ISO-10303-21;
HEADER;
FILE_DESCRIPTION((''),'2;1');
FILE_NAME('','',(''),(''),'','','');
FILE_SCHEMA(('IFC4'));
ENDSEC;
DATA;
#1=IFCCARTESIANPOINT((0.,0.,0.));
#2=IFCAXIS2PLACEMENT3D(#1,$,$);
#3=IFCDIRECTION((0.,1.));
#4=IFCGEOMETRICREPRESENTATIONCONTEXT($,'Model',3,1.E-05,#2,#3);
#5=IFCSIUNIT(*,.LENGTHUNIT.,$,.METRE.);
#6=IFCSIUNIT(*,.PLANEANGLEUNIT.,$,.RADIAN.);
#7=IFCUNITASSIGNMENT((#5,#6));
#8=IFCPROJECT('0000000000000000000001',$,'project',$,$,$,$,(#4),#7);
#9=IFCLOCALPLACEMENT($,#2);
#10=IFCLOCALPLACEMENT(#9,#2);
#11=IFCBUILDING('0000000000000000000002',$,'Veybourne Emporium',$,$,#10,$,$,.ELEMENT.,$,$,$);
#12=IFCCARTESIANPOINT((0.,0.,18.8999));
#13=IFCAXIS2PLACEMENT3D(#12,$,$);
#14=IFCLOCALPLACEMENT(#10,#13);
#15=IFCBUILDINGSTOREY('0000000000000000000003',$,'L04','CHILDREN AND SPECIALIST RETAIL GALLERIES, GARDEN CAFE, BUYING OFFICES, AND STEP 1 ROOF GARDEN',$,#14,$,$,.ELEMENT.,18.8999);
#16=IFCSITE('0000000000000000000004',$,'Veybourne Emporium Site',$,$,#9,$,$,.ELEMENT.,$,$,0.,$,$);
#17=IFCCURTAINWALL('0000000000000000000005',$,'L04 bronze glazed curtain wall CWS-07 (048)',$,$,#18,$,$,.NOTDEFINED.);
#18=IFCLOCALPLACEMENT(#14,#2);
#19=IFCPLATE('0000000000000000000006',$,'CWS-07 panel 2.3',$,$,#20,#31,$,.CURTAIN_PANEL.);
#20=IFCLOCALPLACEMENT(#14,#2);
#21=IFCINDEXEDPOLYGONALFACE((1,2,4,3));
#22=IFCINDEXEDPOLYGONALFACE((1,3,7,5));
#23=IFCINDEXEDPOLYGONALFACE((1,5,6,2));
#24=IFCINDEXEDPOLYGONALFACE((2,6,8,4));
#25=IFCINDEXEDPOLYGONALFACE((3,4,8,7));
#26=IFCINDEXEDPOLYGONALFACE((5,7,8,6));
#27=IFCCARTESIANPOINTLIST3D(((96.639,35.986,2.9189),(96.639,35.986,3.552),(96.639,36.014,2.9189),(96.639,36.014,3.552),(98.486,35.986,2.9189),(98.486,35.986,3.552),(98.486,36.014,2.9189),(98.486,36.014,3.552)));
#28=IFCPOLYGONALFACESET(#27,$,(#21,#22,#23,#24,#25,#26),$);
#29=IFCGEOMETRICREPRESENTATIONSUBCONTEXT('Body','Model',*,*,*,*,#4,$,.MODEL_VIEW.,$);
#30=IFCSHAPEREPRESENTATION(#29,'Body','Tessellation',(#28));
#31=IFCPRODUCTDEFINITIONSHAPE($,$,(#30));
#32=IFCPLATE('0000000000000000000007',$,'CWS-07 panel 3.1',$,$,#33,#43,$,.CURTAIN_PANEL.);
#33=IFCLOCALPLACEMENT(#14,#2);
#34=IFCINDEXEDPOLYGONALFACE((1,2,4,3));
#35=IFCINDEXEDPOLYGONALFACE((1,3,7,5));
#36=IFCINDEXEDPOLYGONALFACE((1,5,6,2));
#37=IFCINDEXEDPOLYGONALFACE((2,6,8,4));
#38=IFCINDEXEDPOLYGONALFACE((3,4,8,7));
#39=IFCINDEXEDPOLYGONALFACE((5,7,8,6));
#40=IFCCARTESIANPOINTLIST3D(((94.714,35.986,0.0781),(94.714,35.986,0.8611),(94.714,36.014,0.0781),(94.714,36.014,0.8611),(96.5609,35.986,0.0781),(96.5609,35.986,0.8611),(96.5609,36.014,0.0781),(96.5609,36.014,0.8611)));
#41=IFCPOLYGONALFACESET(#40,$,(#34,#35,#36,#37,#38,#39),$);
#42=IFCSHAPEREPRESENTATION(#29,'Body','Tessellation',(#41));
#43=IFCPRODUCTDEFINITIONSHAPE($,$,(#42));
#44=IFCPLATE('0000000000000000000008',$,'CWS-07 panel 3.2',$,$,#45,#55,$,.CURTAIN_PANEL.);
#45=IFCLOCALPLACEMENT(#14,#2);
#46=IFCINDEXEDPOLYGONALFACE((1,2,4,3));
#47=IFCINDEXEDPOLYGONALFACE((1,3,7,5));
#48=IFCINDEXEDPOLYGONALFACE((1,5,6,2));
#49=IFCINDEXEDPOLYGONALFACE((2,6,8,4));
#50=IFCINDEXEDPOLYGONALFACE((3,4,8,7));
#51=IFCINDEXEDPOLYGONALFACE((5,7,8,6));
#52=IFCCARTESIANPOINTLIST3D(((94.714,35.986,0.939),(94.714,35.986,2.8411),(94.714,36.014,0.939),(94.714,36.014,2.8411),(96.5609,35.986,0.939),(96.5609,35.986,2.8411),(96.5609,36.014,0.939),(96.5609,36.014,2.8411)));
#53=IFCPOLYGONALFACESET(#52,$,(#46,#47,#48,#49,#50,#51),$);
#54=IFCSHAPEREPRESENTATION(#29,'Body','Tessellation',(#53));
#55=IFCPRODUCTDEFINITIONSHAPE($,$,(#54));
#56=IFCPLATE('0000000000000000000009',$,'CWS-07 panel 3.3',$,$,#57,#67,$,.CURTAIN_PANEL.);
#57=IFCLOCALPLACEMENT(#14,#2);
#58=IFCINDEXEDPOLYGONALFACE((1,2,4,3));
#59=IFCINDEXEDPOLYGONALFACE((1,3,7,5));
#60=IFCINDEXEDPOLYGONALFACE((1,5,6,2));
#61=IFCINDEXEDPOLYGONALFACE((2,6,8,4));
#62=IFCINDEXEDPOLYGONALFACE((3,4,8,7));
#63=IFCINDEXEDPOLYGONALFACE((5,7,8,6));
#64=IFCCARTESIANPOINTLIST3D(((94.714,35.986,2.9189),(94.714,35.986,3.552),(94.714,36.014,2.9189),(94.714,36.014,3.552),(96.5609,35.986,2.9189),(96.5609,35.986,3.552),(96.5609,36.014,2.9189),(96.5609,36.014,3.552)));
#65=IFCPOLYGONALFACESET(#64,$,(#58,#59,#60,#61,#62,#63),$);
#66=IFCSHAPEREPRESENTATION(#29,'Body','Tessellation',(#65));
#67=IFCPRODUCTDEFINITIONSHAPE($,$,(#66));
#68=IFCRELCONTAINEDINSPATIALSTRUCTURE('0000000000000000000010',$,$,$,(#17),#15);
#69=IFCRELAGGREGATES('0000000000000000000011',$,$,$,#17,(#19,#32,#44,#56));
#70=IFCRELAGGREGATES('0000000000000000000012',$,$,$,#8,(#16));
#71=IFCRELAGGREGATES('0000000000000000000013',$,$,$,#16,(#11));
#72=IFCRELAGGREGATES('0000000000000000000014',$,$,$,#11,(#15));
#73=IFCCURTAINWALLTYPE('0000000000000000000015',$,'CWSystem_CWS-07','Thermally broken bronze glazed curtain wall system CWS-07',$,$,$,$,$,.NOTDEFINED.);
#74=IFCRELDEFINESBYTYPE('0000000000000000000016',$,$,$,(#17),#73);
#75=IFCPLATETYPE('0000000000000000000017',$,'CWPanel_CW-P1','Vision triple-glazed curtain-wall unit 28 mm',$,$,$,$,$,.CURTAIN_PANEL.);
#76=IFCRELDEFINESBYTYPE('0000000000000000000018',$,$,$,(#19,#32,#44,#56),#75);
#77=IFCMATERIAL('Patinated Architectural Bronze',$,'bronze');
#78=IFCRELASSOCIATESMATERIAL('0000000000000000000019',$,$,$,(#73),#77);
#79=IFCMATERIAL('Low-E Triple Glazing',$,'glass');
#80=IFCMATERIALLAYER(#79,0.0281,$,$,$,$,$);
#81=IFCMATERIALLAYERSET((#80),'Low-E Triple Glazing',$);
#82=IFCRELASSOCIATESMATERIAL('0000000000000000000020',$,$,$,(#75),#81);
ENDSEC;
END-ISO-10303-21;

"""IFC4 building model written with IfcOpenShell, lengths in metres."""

from ifc_helpers import new_model, si_unit, direction, frame, origin, origin_2d, place, context, subcontext, project, spatial, rectangle, extrude, material, layer, layer_set, type_object, element, aggregate, save


model = new_model("IFC4")

# Units and contexts
model_context = context("Model", 3, precision=1e-05, world=origin(), true_north=direction((0.0, 1.0)))
body_context = subcontext(model_context, "Body", "Model", "MODEL_VIEW")
ifc_project = project(units=[si_unit("LENGTHUNIT", "METRE"), si_unit("PLANEANGLEUNIT", "RADIAN")], contexts=[model_context])

# Site, building, storey
site_placement = place(None, origin())
site = spatial("IfcSite", under=ifc_project, at=site_placement, Name="Veybourne Emporium Site", CompositionType="ELEMENT", RefElevation=0.0)
building_placement = place(site_placement, origin())
building = spatial("IfcBuilding", under=site, at=building_placement, Name="Veybourne Emporium", CompositionType="ELEMENT")
storey_placement = place(building_placement, frame((0.0, 0.0, 18.8999)))
storey = spatial("IfcBuildingStorey", under=building, at=storey_placement, Name="L04", Description="CHILDREN AND SPECIALIST RETAIL GALLERIES, GARDEN CAFE, BUYING OFFICES, AND STEP 1 ROOF GARDEN", CompositionType="ELEMENT", Elevation=18.8999)

# Curtain wall, plates
ifc_material_1 = material(Name="Patinated Architectural Bronze", Category="bronze")
curtain_wall_type = type_object("IfcCurtainWallType", Name="CWSystem_CWS-07", Description="Thermally broken bronze glazed curtain wall system CWS-07", PredefinedType="NOTDEFINED", material=ifc_material_1)
curtain_wall_placement = place(storey_placement, origin())
curtain_wall = element("IfcCurtainWall", 1, at=curtain_wall_placement, inside=storey, type_object=curtain_wall_type, Name="L04 bronze glazed curtain wall CWS-07 (048)", PredefinedType="NOTDEFINED")
ifc_material_2 = material(Name="Low-E Triple Glazing", Category="glass")
ifc_layer = layer(ifc_material_2, 0.0281)
ifc_layer_set = layer_set([ifc_layer], Name="Low-E Triple Glazing")
plate_type = type_object("IfcPlateType", Name="CWPanel_CW-P1", Description="Vision triple-glazed curtain-wall unit 28 mm", PredefinedType="CURTAIN_PANEL", material=ifc_layer_set)
plate_1_placement = place(storey_placement, frame((97.5625, 36.0, 2.9189), z_axis=(0.0, 0.0, 1.0), x_axis=(-1.0, 0.0, 0.0)))
plate_1 = element("IfcPlate", 2, at=plate_1_placement, type_object=plate_type, Name="CWS-07 panel 2.3", PredefinedType="CURTAIN_PANEL", context=body_context, shape_type="SweptSolid", body=[
    extrude(rectangle(XDim=1.8469, YDim=0.0281, at=origin_2d()), origin(), (0.0, 0.0, 1.0), 0.6331),
])
plate_2_placement = place(storey_placement, frame((95.6375, 36.0, 0.0781), z_axis=(0.0, 0.0, 1.0), x_axis=(-1.0, 0.0, 0.0)))
plate_2 = element("IfcPlate", 3, at=plate_2_placement, type_object=plate_type, Name="CWS-07 panel 3.1", PredefinedType="CURTAIN_PANEL", context=body_context, shape_type="SweptSolid", body=[
    extrude(rectangle(XDim=1.8469, YDim=0.0281, at=origin_2d()), origin(), (0.0, 0.0, 1.0), 0.783),
])
plate_3_placement = place(storey_placement, frame((95.6375, 36.0, 0.939), z_axis=(0.0, 0.0, 1.0), x_axis=(-1.0, 0.0, 0.0)))
plate_3 = element("IfcPlate", 4, at=plate_3_placement, type_object=plate_type, Name="CWS-07 panel 3.2", PredefinedType="CURTAIN_PANEL", context=body_context, shape_type="SweptSolid", body=[
    extrude(rectangle(XDim=1.8469, YDim=0.0281, at=origin_2d()), origin(), (0.0, 0.0, 1.0), 1.9021),
])
plate_4_placement = place(storey_placement, frame((95.6375, 36.0, 2.9189), z_axis=(0.0, 0.0, 1.0), x_axis=(-1.0, 0.0, 0.0)))
plate_4 = element("IfcPlate", 5, at=plate_4_placement, type_object=plate_type, Name="CWS-07 panel 3.3", PredefinedType="CURTAIN_PANEL", context=body_context, shape_type="SweptSolid", body=[
    extrude(rectangle(XDim=1.8469, YDim=0.0281, at=origin_2d()), origin(), (0.0, 0.0, 1.0), 0.6331),
])
aggregate(curtain_wall, [plate_1, plate_2, plate_3, plate_4])

save(model, "model.ifc")
